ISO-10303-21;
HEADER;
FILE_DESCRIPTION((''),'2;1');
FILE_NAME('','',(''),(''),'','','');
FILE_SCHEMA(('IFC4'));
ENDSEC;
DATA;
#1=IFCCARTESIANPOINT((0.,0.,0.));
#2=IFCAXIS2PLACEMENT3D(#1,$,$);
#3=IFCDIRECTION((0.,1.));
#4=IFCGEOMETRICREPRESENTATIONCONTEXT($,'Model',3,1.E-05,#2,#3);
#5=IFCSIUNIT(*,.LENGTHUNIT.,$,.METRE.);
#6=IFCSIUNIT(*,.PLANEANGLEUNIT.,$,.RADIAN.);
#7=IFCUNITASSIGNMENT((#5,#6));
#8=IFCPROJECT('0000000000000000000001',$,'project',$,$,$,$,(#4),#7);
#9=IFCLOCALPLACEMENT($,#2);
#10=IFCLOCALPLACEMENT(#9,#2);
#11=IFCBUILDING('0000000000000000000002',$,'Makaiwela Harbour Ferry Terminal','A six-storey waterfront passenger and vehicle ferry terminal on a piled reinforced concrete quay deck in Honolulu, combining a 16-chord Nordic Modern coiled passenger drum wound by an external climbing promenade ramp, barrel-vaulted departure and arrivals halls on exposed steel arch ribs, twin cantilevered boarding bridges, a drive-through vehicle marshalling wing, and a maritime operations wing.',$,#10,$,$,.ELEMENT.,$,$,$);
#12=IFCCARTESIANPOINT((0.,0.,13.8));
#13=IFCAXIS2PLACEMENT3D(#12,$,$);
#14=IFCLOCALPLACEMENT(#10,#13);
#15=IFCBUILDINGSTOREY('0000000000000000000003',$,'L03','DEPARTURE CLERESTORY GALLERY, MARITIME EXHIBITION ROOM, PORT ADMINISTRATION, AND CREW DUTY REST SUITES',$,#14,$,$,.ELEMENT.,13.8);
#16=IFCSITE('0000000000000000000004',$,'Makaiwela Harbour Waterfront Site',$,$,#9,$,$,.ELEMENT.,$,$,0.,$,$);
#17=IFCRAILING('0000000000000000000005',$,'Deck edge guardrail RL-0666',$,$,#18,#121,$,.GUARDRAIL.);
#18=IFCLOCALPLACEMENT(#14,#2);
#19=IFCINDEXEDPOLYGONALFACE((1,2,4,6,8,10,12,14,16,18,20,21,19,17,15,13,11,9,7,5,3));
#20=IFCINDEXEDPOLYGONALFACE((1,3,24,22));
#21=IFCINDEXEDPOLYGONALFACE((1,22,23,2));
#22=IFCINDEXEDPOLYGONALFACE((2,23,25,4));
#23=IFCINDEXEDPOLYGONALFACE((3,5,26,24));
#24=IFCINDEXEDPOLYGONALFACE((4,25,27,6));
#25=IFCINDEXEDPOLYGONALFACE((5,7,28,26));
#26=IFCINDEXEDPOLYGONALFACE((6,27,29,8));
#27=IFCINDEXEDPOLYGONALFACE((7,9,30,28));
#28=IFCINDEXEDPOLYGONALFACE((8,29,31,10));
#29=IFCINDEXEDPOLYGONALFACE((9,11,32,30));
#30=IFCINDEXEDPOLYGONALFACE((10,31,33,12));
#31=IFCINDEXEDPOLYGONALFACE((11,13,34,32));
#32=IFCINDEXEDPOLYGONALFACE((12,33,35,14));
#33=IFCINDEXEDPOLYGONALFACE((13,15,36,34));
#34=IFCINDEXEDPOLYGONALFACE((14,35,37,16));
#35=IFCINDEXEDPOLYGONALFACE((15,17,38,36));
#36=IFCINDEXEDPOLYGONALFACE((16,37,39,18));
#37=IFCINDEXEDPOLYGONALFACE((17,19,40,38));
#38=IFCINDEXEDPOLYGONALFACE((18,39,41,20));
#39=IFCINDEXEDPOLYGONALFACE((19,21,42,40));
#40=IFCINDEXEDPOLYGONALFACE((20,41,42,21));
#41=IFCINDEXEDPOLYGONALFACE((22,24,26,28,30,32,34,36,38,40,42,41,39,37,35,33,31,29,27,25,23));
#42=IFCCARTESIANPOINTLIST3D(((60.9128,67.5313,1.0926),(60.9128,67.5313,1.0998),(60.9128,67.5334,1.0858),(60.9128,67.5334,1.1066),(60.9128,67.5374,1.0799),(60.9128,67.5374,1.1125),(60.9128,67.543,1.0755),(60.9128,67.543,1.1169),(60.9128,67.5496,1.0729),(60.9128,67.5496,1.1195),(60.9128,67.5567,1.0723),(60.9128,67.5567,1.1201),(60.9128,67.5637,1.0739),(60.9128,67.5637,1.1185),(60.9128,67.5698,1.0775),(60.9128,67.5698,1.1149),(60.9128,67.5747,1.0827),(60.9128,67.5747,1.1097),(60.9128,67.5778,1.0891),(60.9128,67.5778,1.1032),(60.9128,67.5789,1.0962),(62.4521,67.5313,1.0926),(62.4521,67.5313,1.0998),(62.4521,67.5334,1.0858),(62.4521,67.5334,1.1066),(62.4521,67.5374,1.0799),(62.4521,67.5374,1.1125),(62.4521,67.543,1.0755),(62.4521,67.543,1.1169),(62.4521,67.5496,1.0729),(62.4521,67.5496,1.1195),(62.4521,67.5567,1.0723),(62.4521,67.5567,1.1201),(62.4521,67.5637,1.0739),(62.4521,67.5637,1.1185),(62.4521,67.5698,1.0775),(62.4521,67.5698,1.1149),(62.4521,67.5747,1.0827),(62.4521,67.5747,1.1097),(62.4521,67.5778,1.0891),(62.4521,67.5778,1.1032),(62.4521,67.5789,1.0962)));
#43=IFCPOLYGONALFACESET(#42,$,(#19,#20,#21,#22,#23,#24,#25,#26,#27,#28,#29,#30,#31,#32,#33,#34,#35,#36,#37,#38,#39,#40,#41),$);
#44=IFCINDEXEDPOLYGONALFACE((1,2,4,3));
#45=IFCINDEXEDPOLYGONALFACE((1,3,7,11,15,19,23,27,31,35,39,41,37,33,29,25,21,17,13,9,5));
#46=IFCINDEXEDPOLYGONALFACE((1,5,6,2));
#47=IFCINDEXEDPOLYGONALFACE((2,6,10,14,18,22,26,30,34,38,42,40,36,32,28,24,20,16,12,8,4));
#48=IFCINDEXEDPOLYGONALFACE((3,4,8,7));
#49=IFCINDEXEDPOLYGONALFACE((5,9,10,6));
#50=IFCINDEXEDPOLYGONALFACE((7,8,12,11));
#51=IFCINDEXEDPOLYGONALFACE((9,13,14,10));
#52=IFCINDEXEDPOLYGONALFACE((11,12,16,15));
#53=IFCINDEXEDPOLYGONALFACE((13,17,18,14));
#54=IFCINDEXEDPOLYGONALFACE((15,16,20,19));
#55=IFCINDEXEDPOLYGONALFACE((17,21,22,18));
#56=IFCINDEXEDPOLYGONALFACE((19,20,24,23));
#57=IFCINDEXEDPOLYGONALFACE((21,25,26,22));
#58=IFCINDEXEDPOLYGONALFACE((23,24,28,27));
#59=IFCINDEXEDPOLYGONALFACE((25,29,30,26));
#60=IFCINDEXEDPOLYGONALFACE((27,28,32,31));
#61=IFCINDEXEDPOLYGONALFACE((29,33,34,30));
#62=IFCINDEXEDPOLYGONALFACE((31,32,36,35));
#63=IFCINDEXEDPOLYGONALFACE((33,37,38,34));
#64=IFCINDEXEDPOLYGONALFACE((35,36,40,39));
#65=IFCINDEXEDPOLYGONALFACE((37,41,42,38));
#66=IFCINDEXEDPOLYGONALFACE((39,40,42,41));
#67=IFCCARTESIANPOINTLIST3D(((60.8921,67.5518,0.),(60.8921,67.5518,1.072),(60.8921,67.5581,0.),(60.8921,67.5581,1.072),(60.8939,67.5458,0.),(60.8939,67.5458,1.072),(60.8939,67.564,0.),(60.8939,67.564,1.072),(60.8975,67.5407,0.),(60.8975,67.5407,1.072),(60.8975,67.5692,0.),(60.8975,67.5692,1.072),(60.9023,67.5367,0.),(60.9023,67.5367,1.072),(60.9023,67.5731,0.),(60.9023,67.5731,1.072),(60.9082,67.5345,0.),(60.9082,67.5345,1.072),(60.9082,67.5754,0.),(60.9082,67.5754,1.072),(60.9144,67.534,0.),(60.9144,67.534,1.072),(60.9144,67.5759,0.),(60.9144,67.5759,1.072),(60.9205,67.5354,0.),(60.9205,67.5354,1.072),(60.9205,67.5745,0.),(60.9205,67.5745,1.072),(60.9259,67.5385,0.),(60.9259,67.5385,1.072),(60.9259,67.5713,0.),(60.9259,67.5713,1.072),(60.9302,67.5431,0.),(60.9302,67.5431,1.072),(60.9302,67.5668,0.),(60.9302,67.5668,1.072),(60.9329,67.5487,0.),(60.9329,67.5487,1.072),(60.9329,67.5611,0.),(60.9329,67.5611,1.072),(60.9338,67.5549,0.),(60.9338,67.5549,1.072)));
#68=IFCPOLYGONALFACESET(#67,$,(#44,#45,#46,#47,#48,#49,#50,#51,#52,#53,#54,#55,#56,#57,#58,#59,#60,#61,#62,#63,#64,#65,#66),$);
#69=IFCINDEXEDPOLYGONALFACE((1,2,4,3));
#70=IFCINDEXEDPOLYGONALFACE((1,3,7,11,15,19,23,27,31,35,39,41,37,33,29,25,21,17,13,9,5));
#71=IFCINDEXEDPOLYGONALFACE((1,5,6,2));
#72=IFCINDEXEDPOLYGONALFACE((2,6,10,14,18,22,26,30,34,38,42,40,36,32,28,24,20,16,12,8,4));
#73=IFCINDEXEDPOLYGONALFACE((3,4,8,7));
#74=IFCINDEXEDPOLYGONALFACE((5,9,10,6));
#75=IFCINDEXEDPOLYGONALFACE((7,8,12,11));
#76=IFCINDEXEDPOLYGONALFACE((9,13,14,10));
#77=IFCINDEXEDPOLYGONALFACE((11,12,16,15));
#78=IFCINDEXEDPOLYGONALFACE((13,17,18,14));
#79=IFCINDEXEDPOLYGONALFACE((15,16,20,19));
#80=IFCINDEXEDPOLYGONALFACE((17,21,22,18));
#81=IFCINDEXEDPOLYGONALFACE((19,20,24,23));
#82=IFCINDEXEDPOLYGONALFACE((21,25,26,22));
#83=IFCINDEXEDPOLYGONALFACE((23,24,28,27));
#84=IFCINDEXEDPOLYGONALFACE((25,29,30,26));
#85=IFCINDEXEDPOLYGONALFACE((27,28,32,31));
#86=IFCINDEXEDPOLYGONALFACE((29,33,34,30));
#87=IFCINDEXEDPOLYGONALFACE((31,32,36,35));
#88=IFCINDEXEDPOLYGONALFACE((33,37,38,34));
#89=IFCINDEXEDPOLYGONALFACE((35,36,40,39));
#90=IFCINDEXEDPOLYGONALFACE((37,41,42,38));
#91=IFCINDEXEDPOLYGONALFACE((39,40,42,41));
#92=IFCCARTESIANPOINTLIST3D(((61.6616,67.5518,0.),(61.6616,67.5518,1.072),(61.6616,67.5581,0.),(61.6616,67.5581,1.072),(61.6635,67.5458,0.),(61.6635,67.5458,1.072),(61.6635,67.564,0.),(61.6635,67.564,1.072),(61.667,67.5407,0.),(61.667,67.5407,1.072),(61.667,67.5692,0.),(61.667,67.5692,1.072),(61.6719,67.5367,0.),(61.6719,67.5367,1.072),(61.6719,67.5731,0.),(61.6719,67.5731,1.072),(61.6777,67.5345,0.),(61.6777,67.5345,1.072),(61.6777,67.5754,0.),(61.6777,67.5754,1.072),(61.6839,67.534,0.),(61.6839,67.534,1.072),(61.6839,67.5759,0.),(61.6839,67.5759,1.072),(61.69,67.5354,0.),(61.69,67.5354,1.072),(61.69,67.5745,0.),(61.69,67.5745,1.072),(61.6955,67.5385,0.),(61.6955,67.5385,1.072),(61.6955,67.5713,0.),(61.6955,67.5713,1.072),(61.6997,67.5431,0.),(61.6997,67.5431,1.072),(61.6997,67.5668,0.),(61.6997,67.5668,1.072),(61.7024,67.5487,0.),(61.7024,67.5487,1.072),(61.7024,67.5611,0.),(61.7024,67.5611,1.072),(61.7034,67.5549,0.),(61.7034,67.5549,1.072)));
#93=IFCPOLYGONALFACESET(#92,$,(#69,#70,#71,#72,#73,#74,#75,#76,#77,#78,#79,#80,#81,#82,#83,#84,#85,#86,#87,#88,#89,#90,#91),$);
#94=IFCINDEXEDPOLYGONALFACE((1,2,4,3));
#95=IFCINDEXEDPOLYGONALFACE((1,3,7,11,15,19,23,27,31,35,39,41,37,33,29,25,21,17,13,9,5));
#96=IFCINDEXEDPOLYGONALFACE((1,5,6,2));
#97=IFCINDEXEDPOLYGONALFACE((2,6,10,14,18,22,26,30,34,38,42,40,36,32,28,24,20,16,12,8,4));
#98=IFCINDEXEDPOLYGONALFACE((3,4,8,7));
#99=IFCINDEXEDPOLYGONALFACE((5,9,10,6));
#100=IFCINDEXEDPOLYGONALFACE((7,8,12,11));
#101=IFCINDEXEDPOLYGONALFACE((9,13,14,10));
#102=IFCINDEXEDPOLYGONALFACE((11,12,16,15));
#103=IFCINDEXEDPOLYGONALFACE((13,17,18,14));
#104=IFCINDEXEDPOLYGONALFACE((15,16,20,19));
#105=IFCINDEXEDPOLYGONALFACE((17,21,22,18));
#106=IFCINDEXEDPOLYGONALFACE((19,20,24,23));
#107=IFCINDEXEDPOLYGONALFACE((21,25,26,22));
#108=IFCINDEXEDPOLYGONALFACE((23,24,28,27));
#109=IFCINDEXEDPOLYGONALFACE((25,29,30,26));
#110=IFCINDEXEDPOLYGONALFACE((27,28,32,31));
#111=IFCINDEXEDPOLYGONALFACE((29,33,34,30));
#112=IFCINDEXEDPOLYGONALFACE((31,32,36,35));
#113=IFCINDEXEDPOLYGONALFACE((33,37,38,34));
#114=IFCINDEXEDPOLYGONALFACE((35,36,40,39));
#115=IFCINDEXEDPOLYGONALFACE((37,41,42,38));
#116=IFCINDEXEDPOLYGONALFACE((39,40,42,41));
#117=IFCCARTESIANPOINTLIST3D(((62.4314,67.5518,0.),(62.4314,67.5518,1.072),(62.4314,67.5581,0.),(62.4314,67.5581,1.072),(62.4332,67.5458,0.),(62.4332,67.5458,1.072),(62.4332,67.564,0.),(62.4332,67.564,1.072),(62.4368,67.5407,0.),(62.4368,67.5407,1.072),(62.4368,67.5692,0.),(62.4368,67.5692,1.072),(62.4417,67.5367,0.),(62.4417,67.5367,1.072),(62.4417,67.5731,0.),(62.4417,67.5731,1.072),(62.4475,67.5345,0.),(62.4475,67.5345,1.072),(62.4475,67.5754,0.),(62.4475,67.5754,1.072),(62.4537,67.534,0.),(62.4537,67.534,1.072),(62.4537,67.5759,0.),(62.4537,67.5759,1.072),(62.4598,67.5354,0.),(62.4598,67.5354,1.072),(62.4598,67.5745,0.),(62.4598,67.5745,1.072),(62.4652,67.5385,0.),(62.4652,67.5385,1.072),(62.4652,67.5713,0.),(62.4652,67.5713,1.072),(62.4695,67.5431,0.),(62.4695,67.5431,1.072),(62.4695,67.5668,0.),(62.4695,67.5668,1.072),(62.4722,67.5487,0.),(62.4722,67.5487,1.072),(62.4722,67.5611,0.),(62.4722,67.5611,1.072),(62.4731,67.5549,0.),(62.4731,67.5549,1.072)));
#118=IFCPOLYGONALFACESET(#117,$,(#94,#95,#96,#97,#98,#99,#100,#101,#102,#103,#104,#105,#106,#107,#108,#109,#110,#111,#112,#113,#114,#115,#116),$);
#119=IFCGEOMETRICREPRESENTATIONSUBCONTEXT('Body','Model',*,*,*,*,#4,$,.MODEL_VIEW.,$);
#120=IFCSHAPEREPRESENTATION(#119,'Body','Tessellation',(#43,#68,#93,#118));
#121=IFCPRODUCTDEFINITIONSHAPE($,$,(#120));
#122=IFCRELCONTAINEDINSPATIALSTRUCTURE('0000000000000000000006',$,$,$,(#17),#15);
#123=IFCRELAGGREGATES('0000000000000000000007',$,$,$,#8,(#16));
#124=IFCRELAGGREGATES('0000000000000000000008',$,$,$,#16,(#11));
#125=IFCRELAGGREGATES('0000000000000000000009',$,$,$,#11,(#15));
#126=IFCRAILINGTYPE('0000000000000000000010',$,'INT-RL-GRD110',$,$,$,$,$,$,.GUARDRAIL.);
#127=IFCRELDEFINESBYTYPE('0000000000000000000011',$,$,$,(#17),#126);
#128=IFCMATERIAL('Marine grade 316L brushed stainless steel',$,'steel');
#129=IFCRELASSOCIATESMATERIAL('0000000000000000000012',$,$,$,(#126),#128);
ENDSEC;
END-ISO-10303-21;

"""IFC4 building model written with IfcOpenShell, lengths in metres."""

from ifc_helpers import new_model, si_unit, direction, frame, origin, origin_2d, place, context, subcontext, project, spatial, circle, extrude, material, type_object, element, save


model = new_model("IFC4")

# Units and contexts
model_context = context("Model", 3, precision=1e-05, world=origin(), true_north=direction((0.0, 1.0)))
body_context = subcontext(model_context, "Body", "Model", "MODEL_VIEW")
ifc_project = project(units=[si_unit("LENGTHUNIT", "METRE"), si_unit("PLANEANGLEUNIT", "RADIAN")], contexts=[model_context])

# Site, building, storey
site_placement = place(None, origin())
site = spatial("IfcSite", under=ifc_project, at=site_placement, Name="Makaiwela Harbour Waterfront Site", CompositionType="ELEMENT", RefElevation=0.0)
building_placement = place(site_placement, origin())
building = spatial("IfcBuilding", under=site, at=building_placement, Name="Makaiwela Harbour Ferry Terminal", Description="A six-storey waterfront passenger and vehicle ferry terminal on a piled reinforced concrete quay deck in Honolulu, combining a 16-chord Nordic Modern coiled passenger drum wound by an external climbing promenade ramp, barrel-vaulted departure and arrivals halls on exposed steel arch ribs, twin cantilevered boarding bridges, a drive-through vehicle marshalling wing, and a maritime operations wing.", CompositionType="ELEMENT")
storey_placement = place(building_placement, frame((0.0, 0.0, 13.8)))
storey = spatial("IfcBuildingStorey", under=building, at=storey_placement, Name="L03", Description="DEPARTURE CLERESTORY GALLERY, MARITIME EXHIBITION ROOM, PORT ADMINISTRATION, AND CREW DUTY REST SUITES", CompositionType="ELEMENT", Elevation=13.8)

# Railing
ifc_material_1 = material(Name="Marine grade 316L brushed stainless steel", Category="steel")
railing_type = type_object("IfcRailingType", Name="INT-RL-GRD110", PredefinedType="GUARDRAIL", material=ifc_material_1)
railing_1_placement = place(storey_placement, frame((60.9128, 67.5549, 0.0)))
element("IfcRailing", 1, at=railing_1_placement, inside=storey, type_object=railing_type, Name="Deck edge guardrail RL-0666", PredefinedType="GUARDRAIL", context=body_context, shape_type="SweptSolid", body=[
    extrude(circle(Radius=0.0239, at=origin_2d()), frame((0.0, 0.0, 1.0962), z_axis=(1.0, 0.0, 0.0), x_axis=(0.0, 1.0, 0.0)), (0.0, 0.0, 1.0), 1.5393),
    extrude(circle(Radius=0.021, at=origin_2d()), origin(), (0.0, 0.0, 1.0), 1.072),
    extrude(circle(Radius=0.021, at=origin_2d()), frame((0.7695, 0.0, 0.0)), (0.0, 0.0, 1.0), 1.072),
    extrude(circle(Radius=0.021, at=origin_2d()), frame((1.5393, 0.0, 0.0)), (0.0, 0.0, 1.0), 1.072),
])

save(model, "model.ifc")
